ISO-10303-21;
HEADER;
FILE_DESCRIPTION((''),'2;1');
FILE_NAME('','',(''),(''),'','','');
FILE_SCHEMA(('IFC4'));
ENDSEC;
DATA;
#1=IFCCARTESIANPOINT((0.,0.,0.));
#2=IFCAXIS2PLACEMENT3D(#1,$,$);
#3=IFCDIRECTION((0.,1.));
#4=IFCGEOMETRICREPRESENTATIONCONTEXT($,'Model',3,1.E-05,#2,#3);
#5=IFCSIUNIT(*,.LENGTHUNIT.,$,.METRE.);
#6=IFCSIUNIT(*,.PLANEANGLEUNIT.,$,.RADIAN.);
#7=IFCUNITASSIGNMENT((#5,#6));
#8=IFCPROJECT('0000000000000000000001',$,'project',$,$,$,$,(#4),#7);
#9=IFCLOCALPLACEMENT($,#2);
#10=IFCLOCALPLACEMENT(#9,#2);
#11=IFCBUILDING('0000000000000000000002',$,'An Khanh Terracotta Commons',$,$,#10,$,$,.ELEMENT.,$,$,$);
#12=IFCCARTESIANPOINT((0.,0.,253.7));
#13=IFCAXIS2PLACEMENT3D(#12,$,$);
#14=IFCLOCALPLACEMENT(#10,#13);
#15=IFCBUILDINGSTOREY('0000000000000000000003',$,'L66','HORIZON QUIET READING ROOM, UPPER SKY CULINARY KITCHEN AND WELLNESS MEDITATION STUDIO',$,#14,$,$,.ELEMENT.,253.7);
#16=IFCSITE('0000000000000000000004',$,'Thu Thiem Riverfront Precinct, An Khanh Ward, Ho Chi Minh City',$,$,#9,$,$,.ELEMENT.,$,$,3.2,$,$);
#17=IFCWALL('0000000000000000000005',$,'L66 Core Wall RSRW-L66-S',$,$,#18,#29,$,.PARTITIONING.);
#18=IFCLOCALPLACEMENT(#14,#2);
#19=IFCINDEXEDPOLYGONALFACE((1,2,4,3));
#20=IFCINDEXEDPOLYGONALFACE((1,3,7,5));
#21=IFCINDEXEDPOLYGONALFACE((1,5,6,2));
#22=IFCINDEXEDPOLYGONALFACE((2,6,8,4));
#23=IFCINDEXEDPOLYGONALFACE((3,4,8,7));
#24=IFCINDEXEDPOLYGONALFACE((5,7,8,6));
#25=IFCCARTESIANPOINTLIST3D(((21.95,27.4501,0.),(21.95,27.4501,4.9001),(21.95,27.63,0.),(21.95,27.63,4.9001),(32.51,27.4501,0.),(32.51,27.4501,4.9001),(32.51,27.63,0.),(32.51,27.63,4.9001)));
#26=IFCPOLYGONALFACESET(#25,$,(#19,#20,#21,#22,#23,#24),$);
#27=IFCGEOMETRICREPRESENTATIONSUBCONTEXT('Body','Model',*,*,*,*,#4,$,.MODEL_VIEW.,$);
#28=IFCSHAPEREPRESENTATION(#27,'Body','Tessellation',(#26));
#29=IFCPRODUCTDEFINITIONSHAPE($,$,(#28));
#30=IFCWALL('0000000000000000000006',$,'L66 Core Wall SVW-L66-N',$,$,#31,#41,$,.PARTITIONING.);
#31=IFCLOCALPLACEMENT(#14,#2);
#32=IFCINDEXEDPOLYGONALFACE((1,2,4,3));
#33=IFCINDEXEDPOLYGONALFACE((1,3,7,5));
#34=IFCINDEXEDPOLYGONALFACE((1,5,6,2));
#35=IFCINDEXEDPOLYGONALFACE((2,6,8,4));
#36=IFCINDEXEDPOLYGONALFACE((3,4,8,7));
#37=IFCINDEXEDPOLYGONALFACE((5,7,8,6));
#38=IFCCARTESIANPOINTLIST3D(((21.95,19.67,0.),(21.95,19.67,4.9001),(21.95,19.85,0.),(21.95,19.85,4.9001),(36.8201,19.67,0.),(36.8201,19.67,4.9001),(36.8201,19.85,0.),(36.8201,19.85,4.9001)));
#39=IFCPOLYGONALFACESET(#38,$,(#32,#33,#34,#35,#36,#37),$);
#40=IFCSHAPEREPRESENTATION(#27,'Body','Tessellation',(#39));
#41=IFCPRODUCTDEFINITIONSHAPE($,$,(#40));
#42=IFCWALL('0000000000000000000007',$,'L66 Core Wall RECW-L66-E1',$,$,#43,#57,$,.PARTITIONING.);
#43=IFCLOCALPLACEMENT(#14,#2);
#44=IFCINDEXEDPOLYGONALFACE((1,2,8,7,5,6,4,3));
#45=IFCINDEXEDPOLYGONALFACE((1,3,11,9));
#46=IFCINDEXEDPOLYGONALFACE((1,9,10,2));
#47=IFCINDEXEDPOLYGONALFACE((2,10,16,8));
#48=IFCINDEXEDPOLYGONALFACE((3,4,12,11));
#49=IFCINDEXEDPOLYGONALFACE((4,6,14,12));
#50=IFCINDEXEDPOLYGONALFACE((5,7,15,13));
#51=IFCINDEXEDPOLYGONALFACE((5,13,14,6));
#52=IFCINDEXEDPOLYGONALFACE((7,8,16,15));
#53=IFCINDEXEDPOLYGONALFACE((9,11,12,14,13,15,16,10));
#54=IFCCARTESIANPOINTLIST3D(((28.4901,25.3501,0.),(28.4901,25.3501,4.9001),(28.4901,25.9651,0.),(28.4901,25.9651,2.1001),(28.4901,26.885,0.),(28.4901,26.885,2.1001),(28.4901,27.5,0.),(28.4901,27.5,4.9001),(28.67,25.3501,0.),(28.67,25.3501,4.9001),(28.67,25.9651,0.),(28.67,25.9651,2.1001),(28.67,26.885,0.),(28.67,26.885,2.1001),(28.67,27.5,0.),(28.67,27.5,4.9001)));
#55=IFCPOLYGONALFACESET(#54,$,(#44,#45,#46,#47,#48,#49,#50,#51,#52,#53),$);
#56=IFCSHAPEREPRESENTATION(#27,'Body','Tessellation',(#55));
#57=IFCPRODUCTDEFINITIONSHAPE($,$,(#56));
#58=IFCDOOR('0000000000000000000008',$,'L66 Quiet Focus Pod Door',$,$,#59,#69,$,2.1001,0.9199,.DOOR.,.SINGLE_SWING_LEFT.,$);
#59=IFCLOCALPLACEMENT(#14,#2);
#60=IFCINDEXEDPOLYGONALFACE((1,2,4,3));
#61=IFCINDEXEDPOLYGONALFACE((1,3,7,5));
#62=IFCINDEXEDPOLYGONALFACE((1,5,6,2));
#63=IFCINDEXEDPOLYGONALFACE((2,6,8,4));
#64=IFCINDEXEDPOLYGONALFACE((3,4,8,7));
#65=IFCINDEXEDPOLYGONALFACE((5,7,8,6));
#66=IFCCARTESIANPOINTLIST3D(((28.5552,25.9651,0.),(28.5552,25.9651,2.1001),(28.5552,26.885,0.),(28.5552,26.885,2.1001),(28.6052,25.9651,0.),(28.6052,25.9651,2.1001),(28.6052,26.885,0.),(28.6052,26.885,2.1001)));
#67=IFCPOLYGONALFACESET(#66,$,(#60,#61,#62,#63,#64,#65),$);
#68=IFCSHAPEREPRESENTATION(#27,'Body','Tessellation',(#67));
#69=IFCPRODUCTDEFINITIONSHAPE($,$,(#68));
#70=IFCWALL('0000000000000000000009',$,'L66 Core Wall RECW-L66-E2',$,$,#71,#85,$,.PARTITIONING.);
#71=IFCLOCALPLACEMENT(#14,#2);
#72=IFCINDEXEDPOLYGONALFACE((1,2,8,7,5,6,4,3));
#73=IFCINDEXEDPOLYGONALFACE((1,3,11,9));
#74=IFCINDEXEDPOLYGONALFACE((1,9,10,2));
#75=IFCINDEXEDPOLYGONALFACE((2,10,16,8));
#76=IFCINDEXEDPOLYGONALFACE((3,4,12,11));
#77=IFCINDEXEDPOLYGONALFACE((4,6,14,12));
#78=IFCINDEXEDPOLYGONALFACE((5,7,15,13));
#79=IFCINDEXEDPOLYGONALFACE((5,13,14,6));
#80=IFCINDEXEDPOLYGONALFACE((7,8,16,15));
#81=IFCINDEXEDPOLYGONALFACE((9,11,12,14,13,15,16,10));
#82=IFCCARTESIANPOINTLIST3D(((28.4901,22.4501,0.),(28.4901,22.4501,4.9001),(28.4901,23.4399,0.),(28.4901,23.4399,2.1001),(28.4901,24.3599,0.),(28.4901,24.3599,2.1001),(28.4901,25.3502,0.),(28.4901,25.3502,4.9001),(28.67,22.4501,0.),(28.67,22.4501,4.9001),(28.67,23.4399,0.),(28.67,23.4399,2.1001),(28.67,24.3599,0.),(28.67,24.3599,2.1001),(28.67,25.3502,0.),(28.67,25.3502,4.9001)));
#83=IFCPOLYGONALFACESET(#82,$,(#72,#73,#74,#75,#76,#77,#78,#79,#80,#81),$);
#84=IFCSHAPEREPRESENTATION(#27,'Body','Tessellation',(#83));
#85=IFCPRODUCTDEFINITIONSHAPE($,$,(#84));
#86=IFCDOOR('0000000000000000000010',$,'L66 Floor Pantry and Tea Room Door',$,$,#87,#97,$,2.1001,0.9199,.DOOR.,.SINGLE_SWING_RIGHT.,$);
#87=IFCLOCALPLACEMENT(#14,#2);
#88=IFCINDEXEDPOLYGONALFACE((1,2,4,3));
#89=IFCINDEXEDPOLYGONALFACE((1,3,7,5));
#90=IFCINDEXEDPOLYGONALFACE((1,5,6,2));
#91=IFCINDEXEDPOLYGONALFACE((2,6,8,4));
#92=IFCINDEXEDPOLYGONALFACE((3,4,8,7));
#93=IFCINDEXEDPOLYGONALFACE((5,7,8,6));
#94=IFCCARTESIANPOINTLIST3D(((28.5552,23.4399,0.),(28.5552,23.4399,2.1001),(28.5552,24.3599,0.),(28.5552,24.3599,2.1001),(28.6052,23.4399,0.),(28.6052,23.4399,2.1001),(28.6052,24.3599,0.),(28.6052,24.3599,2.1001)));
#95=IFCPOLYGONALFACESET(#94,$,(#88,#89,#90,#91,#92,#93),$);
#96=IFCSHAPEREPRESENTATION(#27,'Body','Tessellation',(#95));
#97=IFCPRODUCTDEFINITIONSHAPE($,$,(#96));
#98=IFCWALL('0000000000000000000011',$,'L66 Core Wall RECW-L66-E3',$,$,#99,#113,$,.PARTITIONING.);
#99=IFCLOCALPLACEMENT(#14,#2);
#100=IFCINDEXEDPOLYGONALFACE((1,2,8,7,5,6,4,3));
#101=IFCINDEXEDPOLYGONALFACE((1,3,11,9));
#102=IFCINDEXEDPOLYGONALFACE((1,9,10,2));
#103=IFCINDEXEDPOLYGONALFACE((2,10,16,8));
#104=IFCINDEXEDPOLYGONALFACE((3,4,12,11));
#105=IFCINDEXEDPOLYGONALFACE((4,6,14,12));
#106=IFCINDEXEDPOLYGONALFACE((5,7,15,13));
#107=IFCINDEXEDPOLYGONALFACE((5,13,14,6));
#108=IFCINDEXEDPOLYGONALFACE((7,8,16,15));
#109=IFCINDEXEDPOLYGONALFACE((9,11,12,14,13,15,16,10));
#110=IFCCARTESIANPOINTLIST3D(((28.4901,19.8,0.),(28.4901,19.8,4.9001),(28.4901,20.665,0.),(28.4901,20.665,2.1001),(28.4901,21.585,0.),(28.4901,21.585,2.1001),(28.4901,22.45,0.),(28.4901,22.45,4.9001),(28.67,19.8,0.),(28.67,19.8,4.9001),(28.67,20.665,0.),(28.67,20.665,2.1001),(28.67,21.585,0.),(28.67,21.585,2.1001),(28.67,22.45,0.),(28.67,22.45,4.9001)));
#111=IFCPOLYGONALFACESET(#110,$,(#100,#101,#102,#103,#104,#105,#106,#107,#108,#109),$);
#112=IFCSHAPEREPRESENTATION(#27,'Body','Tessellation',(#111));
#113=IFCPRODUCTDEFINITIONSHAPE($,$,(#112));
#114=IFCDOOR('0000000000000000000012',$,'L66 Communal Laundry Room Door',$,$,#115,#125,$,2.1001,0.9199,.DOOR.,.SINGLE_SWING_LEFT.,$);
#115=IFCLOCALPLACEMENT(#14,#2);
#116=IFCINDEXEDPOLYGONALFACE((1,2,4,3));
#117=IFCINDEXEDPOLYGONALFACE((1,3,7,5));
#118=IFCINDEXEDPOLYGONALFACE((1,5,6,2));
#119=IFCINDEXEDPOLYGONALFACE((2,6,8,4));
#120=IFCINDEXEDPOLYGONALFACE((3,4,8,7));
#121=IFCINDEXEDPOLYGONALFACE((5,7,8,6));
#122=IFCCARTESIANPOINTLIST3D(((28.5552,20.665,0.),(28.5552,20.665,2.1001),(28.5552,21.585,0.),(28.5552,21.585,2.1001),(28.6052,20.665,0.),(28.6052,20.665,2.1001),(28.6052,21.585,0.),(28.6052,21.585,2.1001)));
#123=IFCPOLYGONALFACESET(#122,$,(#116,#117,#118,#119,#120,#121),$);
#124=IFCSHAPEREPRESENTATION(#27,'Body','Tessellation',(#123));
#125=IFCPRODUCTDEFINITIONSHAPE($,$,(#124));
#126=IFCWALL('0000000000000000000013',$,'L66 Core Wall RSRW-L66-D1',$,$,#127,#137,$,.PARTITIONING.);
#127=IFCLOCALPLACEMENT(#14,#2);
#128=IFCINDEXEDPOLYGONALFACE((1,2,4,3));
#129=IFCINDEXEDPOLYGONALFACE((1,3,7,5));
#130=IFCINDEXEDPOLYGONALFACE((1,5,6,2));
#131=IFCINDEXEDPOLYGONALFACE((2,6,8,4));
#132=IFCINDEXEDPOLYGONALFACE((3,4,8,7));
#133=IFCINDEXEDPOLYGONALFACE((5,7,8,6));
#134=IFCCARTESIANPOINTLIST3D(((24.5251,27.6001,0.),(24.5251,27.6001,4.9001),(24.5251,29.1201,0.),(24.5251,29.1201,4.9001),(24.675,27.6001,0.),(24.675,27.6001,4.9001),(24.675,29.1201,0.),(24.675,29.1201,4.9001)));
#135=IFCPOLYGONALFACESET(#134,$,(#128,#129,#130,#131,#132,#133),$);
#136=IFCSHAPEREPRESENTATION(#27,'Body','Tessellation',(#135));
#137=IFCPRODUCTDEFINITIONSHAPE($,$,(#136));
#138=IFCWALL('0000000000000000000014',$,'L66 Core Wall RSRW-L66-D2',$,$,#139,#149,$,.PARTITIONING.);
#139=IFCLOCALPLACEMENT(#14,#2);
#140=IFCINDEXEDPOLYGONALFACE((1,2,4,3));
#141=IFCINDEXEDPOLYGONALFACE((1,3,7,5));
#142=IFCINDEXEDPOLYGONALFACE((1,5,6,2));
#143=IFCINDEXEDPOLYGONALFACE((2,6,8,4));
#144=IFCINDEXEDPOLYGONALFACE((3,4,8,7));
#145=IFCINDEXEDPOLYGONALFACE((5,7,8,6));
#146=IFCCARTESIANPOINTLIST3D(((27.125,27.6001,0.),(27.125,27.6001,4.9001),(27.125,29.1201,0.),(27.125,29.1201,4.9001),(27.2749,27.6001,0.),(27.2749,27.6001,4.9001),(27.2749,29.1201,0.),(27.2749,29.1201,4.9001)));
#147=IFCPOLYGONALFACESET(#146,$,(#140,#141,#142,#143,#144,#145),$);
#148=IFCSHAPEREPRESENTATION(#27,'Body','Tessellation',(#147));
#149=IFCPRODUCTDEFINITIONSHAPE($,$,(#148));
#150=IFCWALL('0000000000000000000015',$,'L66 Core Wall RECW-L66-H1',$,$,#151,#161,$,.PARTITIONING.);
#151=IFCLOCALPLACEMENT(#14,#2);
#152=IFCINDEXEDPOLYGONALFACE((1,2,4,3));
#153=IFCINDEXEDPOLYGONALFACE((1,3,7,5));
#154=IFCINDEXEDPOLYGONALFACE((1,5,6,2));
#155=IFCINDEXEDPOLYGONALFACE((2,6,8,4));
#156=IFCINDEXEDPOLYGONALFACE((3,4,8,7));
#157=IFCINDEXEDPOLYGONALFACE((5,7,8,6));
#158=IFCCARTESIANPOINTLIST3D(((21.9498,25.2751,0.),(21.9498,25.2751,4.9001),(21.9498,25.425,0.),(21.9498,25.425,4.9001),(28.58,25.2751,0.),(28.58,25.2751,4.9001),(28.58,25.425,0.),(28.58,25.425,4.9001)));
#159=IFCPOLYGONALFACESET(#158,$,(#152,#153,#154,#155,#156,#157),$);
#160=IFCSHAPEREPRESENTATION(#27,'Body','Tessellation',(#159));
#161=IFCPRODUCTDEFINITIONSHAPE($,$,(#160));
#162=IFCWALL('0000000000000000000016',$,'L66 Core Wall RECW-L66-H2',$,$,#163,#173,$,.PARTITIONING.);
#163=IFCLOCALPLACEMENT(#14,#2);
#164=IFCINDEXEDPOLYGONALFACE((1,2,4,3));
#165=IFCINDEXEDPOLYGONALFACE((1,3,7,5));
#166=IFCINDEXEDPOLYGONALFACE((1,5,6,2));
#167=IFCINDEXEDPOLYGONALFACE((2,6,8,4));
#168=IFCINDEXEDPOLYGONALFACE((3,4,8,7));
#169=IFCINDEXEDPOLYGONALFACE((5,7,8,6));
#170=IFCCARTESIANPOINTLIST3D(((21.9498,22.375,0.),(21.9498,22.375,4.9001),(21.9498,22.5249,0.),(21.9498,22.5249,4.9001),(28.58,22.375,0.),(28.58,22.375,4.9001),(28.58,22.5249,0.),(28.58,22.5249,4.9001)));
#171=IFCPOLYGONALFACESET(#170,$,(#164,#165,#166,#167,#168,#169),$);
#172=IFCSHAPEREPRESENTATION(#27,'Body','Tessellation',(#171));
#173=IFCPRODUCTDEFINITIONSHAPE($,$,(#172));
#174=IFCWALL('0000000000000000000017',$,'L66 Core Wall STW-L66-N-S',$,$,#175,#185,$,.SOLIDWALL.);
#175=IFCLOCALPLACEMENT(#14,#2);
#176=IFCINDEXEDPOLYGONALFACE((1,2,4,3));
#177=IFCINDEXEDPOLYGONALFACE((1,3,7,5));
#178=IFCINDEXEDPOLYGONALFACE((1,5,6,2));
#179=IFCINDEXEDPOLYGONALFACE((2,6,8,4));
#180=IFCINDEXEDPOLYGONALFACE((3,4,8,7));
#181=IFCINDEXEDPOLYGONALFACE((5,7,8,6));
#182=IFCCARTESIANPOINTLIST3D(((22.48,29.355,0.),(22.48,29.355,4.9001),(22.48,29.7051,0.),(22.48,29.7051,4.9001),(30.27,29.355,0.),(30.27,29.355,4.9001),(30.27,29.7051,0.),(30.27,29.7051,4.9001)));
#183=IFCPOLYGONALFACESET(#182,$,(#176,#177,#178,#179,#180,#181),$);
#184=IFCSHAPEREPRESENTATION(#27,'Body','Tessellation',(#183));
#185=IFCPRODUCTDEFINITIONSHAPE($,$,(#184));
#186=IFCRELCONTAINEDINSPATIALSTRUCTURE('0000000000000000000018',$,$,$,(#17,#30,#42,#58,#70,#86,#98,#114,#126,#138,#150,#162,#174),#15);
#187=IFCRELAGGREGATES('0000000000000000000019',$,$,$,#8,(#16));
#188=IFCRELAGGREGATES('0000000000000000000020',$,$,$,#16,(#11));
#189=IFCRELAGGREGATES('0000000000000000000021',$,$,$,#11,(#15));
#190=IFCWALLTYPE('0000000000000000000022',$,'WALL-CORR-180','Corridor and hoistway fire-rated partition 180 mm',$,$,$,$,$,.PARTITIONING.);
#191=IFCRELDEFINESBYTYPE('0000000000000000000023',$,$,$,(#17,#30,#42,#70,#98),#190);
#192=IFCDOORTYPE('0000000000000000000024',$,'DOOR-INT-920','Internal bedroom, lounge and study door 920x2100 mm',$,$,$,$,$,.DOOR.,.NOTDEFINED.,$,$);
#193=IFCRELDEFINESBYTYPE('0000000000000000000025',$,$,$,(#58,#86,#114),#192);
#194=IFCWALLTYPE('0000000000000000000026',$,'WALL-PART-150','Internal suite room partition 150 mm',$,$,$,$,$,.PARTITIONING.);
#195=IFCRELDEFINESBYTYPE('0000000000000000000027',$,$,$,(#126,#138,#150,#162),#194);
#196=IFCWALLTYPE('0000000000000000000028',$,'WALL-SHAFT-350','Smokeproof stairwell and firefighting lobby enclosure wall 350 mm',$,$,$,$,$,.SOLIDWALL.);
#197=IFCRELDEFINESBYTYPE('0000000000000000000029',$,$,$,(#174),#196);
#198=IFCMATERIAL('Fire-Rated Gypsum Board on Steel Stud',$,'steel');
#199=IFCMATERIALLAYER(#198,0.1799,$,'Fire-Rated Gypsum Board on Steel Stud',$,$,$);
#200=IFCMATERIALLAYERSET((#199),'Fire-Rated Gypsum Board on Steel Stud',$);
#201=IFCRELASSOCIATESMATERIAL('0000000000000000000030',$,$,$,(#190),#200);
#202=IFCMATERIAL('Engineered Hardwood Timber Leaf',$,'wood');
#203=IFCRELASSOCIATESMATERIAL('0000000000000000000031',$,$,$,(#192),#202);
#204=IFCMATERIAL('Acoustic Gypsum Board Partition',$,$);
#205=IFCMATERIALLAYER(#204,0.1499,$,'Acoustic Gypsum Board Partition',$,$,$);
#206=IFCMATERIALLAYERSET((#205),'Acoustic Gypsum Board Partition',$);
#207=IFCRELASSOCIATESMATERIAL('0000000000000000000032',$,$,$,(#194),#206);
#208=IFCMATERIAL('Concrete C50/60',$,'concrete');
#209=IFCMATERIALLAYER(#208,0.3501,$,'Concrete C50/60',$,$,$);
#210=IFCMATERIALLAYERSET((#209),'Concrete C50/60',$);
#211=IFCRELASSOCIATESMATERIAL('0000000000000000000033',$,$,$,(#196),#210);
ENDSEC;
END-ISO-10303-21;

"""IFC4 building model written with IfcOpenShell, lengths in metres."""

from ifc_helpers import new_model, si_unit, direction, frame, frame_2d, origin, place, context, subcontext, project, spatial, rectangle, extrude, material, layer, layer_set, type_object, element, fill, save


model = new_model("IFC4")

# Units and contexts
model_context = context("Model", 3, precision=1e-05, world=origin(), true_north=direction((0.0, 1.0)))
body_context = subcontext(model_context, "Body", "Model", "MODEL_VIEW")
ifc_project = project(units=[si_unit("LENGTHUNIT", "METRE"), si_unit("PLANEANGLEUNIT", "RADIAN")], contexts=[model_context])

# Site, building, storey
site_placement = place(None, origin())
site = spatial("IfcSite", under=ifc_project, at=site_placement, Name="Thu Thiem Riverfront Precinct, An Khanh Ward, Ho Chi Minh City", CompositionType="ELEMENT", RefElevation=3.2)
building_placement = place(site_placement, origin())
building = spatial("IfcBuilding", under=site, at=building_placement, Name="An Khanh Terracotta Commons", CompositionType="ELEMENT")
storey_placement = place(building_placement, frame((0.0, 0.0, 253.7)))
storey = spatial("IfcBuildingStorey", under=building, at=storey_placement, Name="L66", Description="HORIZON QUIET READING ROOM, UPPER SKY CULINARY KITCHEN AND WELLNESS MEDITATION STUDIO", CompositionType="ELEMENT", Elevation=253.7)

# Walls
ifc_material_1 = material(Name="Fire-Rated Gypsum Board on Steel Stud", Category="steel")
ifc_layer_1 = layer(ifc_material_1, 0.1799, Name="Fire-Rated Gypsum Board on Steel Stud")
ifc_layer_set_1 = layer_set([ifc_layer_1], Name="Fire-Rated Gypsum Board on Steel Stud")
wall_type_1 = type_object("IfcWallType", Name="WALL-CORR-180", Description="Corridor and hoistway fire-rated partition 180 mm", PredefinedType="PARTITIONING", material=ifc_layer_set_1)
wall_1_placement = place(storey_placement, frame((21.95, 27.54, 0.0), z_axis=(0.0, 0.0, 1.0), x_axis=(1.0, 0.0, 0.0)))
element("IfcWall", 1, at=wall_1_placement, inside=storey, type_object=wall_type_1, Name="L66 Core Wall RSRW-L66-S", PredefinedType="PARTITIONING", context=body_context, shape_type="SweptSolid", body=[
    extrude(rectangle(XDim=10.5601, YDim=0.1799, at=frame_2d((5.28, 0.0))), origin(), (0.0, 0.0, 1.0), 4.9001),
])
wall_2_placement = place(storey_placement, frame((21.95, 19.76, 0.0), z_axis=(0.0, 0.0, 1.0), x_axis=(1.0, 0.0, 0.0)))
element("IfcWall", 2, at=wall_2_placement, inside=storey, type_object=wall_type_1, Name="L66 Core Wall SVW-L66-N", PredefinedType="PARTITIONING", context=body_context, shape_type="SweptSolid", body=[
    extrude(rectangle(XDim=14.8701, YDim=0.1799, at=frame_2d((7.4351, 0.0))), origin(), (0.0, 0.0, 1.0), 4.9001),
])

# Walls, openings, doors
wall_3_placement = place(storey_placement, frame((28.5801, 25.3501, 0.0), z_axis=(0.0, 0.0, 1.0), x_axis=(0.0, 1.0, 0.0)))
wall_3 = element("IfcWall", 3, at=wall_3_placement, inside=storey, type_object=wall_type_1, Name="L66 Core Wall RECW-L66-E1", PredefinedType="PARTITIONING", context=body_context, shape_type="SweptSolid", body=[
    extrude(rectangle(XDim=2.1499, YDim=0.1799, at=frame_2d((1.075, 0.0))), origin(), (0.0, 0.0, 1.0), 4.9001),
])
opening_1_placement = place(wall_3_placement, frame((0.615, 0.0, 0.0)))
opening_1 = element("IfcOpeningElement", 4, at=opening_1_placement, cuts=wall_3, PredefinedType="OPENING", context=body_context, shape_type="SweptSolid", body=[
    extrude(rectangle(XDim=0.9199, YDim=2.1001, at=frame_2d((0.46, 1.05))), frame((0.0, 0.0999, 0.0), z_axis=(0.0, -1.0, 0.0), x_axis=(1.0, 0.0, 0.0)), (0.0, 0.0, 1.0), 0.2),
])
ifc_material_2 = material(Name="Engineered Hardwood Timber Leaf", Category="wood")
door_type = type_object("IfcDoorType", Name="DOOR-INT-920", Description="Internal bedroom, lounge and study door 920x2100 mm", OperationType="NOTDEFINED", PredefinedType="DOOR", material=ifc_material_2)
door_1_placement = place(opening_1_placement, origin())
door_1 = element("IfcDoor", 5, at=door_1_placement, inside=storey, type_object=door_type, Name="L66 Quiet Focus Pod Door", OperationType="SINGLE_SWING_LEFT", OverallHeight=2.1001, OverallWidth=0.9199, PredefinedType="DOOR", context=body_context, shape_type="SweptSolid", body=[
    extrude(rectangle(XDim=0.9199, YDim=2.1001, at=frame_2d((0.46, 1.05))), frame((0.0, 0.0249, 0.0), z_axis=(0.0, -1.0, 0.0), x_axis=(1.0, 0.0, 0.0)), (0.0, 0.0, 1.0), 0.05),
])
fill(opening_1, door_1)
wall_4_placement = place(storey_placement, frame((28.5801, 22.45, 0.0), z_axis=(0.0, 0.0, 1.0), x_axis=(0.0, 1.0, 0.0)))
wall_4 = element("IfcWall", 6, at=wall_4_placement, inside=storey, type_object=wall_type_1, Name="L66 Core Wall RECW-L66-E2", PredefinedType="PARTITIONING", context=body_context, shape_type="SweptSolid", body=[
    extrude(rectangle(XDim=2.9001, YDim=0.1799, at=frame_2d((1.4502, 0.0))), origin(), (0.0, 0.0, 1.0), 4.9001),
])
opening_2_placement = place(wall_4_placement, frame((0.99, 0.0, 0.0)))
opening_2 = element("IfcOpeningElement", 7, at=opening_2_placement, cuts=wall_4, PredefinedType="OPENING", context=body_context, shape_type="SweptSolid", body=[
    extrude(rectangle(XDim=0.9199, YDim=2.1001, at=frame_2d((0.46, 1.05))), frame((0.0, 0.0999, 0.0), z_axis=(0.0, -1.0, 0.0), x_axis=(1.0, 0.0, 0.0)), (0.0, 0.0, 1.0), 0.2),
])
door_2_placement = place(opening_2_placement, origin())
door_2 = element("IfcDoor", 8, at=door_2_placement, inside=storey, type_object=door_type, Name="L66 Floor Pantry and Tea Room Door", OperationType="SINGLE_SWING_RIGHT", OverallHeight=2.1001, OverallWidth=0.9199, PredefinedType="DOOR", context=body_context, shape_type="SweptSolid", body=[
    extrude(rectangle(XDim=0.9199, YDim=2.1001, at=frame_2d((0.46, 1.05))), frame((0.0, 0.0249, 0.0), z_axis=(0.0, -1.0, 0.0), x_axis=(1.0, 0.0, 0.0)), (0.0, 0.0, 1.0), 0.05),
])
fill(opening_2, door_2)
wall_5_placement = place(storey_placement, frame((28.5801, 19.8, 0.0), z_axis=(0.0, 0.0, 1.0), x_axis=(0.0, 1.0, 0.0)))
wall_5 = element("IfcWall", 9, at=wall_5_placement, inside=storey, type_object=wall_type_1, Name="L66 Core Wall RECW-L66-E3", PredefinedType="PARTITIONING", context=body_context, shape_type="SweptSolid", body=[
    extrude(rectangle(XDim=2.6499, YDim=0.1799, at=frame_2d((1.325, 0.0))), origin(), (0.0, 0.0, 1.0), 4.9001),
])
opening_3_placement = place(wall_5_placement, frame((0.865, 0.0, 0.0)))
opening_3 = element("IfcOpeningElement", 10, at=opening_3_placement, cuts=wall_5, PredefinedType="OPENING", context=body_context, shape_type="SweptSolid", body=[
    extrude(rectangle(XDim=0.9199, YDim=2.1001, at=frame_2d((0.46, 1.05))), frame((0.0, 0.0999, 0.0), z_axis=(0.0, -1.0, 0.0), x_axis=(1.0, 0.0, 0.0)), (0.0, 0.0, 1.0), 0.2),
])
door_3_placement = place(opening_3_placement, origin())
door_3 = element("IfcDoor", 11, at=door_3_placement, inside=storey, type_object=door_type, Name="L66 Communal Laundry Room Door", OperationType="SINGLE_SWING_LEFT", OverallHeight=2.1001, OverallWidth=0.9199, PredefinedType="DOOR", context=body_context, shape_type="SweptSolid", body=[
    extrude(rectangle(XDim=0.9199, YDim=2.1001, at=frame_2d((0.46, 1.05))), frame((0.0, 0.0249, 0.0), z_axis=(0.0, -1.0, 0.0), x_axis=(1.0, 0.0, 0.0)), (0.0, 0.0, 1.0), 0.05),
])
fill(opening_3, door_3)

# Walls
ifc_material_3 = material(Name="Acoustic Gypsum Board Partition")
ifc_layer_2 = layer(ifc_material_3, 0.1499, Name="Acoustic Gypsum Board Partition")
ifc_layer_set_2 = layer_set([ifc_layer_2], Name="Acoustic Gypsum Board Partition")
wall_type_2 = type_object("IfcWallType", Name="WALL-PART-150", Description="Internal suite room partition 150 mm", PredefinedType="PARTITIONING", material=ifc_layer_set_2)
for number, where, z_axis, x_axis, name in (
    (12, (24.6001, 27.6001, 0.0), (0.0, 0.0, 1.0), (0.0, 1.0, 0.0), "L66 Core Wall RSRW-L66-D1"),
    (13, (27.2, 27.6001, 0.0), (0.0, 0.0, 1.0), (0.0, 1.0, 0.0), "L66 Core Wall RSRW-L66-D2"),
):
    element("IfcWall", number, at=place(storey_placement, frame(where, z_axis=z_axis, x_axis=x_axis)), inside=storey, type_object=wall_type_2, Name=name, PredefinedType="PARTITIONING", context=body_context, shape_type="SweptSolid", body=[
        extrude(rectangle(XDim=1.52, YDim=0.1499, at=frame_2d((0.76, 0.0))), origin(), (0.0, 0.0, 1.0), 4.9001),
    ])
for number, where, z_axis, x_axis, name in (
    (14, (21.95, 25.3501, 0.0), (0.0, 0.0, 1.0), (1.0, 0.0, 0.0), "L66 Core Wall RECW-L66-H1"),
    (15, (21.95, 22.45, 0.0), (0.0, 0.0, 1.0), (1.0, 0.0, 0.0), "L66 Core Wall RECW-L66-H2"),
):
    element("IfcWall", number, at=place(storey_placement, frame(where, z_axis=z_axis, x_axis=x_axis)), inside=storey, type_object=wall_type_2, Name=name, PredefinedType="PARTITIONING", context=body_context, shape_type="SweptSolid", body=[
        extrude(rectangle(XDim=6.6301, YDim=0.1499, at=frame_2d((3.3149, 0.0))), origin(), (0.0, 0.0, 1.0), 4.9001),
    ])
ifc_material_4 = material(Name="Concrete C50/60", Category="concrete")
ifc_layer_3 = layer(ifc_material_4, 0.3501, Name="Concrete C50/60")
ifc_layer_set_3 = layer_set([ifc_layer_3], Name="Concrete C50/60")
wall_type_3 = type_object("IfcWallType", Name="WALL-SHAFT-350", Description="Smokeproof stairwell and firefighting lobby enclosure wall 350 mm", PredefinedType="SOLIDWALL", material=ifc_layer_set_3)
wall_6_placement = place(storey_placement, frame((22.48, 29.53, 0.0), z_axis=(0.0, 0.0, 1.0), x_axis=(1.0, 0.0, 0.0)))
element("IfcWall", 16, at=wall_6_placement, inside=storey, type_object=wall_type_3, Name="L66 Core Wall STW-L66-N-S", PredefinedType="SOLIDWALL", context=body_context, shape_type="SweptSolid", body=[
    extrude(rectangle(XDim=7.79, YDim=0.3501, at=frame_2d((3.895, 0.0))), origin(), (0.0, 0.0, 1.0), 4.9001),
])

save(model, "model.ifc")
